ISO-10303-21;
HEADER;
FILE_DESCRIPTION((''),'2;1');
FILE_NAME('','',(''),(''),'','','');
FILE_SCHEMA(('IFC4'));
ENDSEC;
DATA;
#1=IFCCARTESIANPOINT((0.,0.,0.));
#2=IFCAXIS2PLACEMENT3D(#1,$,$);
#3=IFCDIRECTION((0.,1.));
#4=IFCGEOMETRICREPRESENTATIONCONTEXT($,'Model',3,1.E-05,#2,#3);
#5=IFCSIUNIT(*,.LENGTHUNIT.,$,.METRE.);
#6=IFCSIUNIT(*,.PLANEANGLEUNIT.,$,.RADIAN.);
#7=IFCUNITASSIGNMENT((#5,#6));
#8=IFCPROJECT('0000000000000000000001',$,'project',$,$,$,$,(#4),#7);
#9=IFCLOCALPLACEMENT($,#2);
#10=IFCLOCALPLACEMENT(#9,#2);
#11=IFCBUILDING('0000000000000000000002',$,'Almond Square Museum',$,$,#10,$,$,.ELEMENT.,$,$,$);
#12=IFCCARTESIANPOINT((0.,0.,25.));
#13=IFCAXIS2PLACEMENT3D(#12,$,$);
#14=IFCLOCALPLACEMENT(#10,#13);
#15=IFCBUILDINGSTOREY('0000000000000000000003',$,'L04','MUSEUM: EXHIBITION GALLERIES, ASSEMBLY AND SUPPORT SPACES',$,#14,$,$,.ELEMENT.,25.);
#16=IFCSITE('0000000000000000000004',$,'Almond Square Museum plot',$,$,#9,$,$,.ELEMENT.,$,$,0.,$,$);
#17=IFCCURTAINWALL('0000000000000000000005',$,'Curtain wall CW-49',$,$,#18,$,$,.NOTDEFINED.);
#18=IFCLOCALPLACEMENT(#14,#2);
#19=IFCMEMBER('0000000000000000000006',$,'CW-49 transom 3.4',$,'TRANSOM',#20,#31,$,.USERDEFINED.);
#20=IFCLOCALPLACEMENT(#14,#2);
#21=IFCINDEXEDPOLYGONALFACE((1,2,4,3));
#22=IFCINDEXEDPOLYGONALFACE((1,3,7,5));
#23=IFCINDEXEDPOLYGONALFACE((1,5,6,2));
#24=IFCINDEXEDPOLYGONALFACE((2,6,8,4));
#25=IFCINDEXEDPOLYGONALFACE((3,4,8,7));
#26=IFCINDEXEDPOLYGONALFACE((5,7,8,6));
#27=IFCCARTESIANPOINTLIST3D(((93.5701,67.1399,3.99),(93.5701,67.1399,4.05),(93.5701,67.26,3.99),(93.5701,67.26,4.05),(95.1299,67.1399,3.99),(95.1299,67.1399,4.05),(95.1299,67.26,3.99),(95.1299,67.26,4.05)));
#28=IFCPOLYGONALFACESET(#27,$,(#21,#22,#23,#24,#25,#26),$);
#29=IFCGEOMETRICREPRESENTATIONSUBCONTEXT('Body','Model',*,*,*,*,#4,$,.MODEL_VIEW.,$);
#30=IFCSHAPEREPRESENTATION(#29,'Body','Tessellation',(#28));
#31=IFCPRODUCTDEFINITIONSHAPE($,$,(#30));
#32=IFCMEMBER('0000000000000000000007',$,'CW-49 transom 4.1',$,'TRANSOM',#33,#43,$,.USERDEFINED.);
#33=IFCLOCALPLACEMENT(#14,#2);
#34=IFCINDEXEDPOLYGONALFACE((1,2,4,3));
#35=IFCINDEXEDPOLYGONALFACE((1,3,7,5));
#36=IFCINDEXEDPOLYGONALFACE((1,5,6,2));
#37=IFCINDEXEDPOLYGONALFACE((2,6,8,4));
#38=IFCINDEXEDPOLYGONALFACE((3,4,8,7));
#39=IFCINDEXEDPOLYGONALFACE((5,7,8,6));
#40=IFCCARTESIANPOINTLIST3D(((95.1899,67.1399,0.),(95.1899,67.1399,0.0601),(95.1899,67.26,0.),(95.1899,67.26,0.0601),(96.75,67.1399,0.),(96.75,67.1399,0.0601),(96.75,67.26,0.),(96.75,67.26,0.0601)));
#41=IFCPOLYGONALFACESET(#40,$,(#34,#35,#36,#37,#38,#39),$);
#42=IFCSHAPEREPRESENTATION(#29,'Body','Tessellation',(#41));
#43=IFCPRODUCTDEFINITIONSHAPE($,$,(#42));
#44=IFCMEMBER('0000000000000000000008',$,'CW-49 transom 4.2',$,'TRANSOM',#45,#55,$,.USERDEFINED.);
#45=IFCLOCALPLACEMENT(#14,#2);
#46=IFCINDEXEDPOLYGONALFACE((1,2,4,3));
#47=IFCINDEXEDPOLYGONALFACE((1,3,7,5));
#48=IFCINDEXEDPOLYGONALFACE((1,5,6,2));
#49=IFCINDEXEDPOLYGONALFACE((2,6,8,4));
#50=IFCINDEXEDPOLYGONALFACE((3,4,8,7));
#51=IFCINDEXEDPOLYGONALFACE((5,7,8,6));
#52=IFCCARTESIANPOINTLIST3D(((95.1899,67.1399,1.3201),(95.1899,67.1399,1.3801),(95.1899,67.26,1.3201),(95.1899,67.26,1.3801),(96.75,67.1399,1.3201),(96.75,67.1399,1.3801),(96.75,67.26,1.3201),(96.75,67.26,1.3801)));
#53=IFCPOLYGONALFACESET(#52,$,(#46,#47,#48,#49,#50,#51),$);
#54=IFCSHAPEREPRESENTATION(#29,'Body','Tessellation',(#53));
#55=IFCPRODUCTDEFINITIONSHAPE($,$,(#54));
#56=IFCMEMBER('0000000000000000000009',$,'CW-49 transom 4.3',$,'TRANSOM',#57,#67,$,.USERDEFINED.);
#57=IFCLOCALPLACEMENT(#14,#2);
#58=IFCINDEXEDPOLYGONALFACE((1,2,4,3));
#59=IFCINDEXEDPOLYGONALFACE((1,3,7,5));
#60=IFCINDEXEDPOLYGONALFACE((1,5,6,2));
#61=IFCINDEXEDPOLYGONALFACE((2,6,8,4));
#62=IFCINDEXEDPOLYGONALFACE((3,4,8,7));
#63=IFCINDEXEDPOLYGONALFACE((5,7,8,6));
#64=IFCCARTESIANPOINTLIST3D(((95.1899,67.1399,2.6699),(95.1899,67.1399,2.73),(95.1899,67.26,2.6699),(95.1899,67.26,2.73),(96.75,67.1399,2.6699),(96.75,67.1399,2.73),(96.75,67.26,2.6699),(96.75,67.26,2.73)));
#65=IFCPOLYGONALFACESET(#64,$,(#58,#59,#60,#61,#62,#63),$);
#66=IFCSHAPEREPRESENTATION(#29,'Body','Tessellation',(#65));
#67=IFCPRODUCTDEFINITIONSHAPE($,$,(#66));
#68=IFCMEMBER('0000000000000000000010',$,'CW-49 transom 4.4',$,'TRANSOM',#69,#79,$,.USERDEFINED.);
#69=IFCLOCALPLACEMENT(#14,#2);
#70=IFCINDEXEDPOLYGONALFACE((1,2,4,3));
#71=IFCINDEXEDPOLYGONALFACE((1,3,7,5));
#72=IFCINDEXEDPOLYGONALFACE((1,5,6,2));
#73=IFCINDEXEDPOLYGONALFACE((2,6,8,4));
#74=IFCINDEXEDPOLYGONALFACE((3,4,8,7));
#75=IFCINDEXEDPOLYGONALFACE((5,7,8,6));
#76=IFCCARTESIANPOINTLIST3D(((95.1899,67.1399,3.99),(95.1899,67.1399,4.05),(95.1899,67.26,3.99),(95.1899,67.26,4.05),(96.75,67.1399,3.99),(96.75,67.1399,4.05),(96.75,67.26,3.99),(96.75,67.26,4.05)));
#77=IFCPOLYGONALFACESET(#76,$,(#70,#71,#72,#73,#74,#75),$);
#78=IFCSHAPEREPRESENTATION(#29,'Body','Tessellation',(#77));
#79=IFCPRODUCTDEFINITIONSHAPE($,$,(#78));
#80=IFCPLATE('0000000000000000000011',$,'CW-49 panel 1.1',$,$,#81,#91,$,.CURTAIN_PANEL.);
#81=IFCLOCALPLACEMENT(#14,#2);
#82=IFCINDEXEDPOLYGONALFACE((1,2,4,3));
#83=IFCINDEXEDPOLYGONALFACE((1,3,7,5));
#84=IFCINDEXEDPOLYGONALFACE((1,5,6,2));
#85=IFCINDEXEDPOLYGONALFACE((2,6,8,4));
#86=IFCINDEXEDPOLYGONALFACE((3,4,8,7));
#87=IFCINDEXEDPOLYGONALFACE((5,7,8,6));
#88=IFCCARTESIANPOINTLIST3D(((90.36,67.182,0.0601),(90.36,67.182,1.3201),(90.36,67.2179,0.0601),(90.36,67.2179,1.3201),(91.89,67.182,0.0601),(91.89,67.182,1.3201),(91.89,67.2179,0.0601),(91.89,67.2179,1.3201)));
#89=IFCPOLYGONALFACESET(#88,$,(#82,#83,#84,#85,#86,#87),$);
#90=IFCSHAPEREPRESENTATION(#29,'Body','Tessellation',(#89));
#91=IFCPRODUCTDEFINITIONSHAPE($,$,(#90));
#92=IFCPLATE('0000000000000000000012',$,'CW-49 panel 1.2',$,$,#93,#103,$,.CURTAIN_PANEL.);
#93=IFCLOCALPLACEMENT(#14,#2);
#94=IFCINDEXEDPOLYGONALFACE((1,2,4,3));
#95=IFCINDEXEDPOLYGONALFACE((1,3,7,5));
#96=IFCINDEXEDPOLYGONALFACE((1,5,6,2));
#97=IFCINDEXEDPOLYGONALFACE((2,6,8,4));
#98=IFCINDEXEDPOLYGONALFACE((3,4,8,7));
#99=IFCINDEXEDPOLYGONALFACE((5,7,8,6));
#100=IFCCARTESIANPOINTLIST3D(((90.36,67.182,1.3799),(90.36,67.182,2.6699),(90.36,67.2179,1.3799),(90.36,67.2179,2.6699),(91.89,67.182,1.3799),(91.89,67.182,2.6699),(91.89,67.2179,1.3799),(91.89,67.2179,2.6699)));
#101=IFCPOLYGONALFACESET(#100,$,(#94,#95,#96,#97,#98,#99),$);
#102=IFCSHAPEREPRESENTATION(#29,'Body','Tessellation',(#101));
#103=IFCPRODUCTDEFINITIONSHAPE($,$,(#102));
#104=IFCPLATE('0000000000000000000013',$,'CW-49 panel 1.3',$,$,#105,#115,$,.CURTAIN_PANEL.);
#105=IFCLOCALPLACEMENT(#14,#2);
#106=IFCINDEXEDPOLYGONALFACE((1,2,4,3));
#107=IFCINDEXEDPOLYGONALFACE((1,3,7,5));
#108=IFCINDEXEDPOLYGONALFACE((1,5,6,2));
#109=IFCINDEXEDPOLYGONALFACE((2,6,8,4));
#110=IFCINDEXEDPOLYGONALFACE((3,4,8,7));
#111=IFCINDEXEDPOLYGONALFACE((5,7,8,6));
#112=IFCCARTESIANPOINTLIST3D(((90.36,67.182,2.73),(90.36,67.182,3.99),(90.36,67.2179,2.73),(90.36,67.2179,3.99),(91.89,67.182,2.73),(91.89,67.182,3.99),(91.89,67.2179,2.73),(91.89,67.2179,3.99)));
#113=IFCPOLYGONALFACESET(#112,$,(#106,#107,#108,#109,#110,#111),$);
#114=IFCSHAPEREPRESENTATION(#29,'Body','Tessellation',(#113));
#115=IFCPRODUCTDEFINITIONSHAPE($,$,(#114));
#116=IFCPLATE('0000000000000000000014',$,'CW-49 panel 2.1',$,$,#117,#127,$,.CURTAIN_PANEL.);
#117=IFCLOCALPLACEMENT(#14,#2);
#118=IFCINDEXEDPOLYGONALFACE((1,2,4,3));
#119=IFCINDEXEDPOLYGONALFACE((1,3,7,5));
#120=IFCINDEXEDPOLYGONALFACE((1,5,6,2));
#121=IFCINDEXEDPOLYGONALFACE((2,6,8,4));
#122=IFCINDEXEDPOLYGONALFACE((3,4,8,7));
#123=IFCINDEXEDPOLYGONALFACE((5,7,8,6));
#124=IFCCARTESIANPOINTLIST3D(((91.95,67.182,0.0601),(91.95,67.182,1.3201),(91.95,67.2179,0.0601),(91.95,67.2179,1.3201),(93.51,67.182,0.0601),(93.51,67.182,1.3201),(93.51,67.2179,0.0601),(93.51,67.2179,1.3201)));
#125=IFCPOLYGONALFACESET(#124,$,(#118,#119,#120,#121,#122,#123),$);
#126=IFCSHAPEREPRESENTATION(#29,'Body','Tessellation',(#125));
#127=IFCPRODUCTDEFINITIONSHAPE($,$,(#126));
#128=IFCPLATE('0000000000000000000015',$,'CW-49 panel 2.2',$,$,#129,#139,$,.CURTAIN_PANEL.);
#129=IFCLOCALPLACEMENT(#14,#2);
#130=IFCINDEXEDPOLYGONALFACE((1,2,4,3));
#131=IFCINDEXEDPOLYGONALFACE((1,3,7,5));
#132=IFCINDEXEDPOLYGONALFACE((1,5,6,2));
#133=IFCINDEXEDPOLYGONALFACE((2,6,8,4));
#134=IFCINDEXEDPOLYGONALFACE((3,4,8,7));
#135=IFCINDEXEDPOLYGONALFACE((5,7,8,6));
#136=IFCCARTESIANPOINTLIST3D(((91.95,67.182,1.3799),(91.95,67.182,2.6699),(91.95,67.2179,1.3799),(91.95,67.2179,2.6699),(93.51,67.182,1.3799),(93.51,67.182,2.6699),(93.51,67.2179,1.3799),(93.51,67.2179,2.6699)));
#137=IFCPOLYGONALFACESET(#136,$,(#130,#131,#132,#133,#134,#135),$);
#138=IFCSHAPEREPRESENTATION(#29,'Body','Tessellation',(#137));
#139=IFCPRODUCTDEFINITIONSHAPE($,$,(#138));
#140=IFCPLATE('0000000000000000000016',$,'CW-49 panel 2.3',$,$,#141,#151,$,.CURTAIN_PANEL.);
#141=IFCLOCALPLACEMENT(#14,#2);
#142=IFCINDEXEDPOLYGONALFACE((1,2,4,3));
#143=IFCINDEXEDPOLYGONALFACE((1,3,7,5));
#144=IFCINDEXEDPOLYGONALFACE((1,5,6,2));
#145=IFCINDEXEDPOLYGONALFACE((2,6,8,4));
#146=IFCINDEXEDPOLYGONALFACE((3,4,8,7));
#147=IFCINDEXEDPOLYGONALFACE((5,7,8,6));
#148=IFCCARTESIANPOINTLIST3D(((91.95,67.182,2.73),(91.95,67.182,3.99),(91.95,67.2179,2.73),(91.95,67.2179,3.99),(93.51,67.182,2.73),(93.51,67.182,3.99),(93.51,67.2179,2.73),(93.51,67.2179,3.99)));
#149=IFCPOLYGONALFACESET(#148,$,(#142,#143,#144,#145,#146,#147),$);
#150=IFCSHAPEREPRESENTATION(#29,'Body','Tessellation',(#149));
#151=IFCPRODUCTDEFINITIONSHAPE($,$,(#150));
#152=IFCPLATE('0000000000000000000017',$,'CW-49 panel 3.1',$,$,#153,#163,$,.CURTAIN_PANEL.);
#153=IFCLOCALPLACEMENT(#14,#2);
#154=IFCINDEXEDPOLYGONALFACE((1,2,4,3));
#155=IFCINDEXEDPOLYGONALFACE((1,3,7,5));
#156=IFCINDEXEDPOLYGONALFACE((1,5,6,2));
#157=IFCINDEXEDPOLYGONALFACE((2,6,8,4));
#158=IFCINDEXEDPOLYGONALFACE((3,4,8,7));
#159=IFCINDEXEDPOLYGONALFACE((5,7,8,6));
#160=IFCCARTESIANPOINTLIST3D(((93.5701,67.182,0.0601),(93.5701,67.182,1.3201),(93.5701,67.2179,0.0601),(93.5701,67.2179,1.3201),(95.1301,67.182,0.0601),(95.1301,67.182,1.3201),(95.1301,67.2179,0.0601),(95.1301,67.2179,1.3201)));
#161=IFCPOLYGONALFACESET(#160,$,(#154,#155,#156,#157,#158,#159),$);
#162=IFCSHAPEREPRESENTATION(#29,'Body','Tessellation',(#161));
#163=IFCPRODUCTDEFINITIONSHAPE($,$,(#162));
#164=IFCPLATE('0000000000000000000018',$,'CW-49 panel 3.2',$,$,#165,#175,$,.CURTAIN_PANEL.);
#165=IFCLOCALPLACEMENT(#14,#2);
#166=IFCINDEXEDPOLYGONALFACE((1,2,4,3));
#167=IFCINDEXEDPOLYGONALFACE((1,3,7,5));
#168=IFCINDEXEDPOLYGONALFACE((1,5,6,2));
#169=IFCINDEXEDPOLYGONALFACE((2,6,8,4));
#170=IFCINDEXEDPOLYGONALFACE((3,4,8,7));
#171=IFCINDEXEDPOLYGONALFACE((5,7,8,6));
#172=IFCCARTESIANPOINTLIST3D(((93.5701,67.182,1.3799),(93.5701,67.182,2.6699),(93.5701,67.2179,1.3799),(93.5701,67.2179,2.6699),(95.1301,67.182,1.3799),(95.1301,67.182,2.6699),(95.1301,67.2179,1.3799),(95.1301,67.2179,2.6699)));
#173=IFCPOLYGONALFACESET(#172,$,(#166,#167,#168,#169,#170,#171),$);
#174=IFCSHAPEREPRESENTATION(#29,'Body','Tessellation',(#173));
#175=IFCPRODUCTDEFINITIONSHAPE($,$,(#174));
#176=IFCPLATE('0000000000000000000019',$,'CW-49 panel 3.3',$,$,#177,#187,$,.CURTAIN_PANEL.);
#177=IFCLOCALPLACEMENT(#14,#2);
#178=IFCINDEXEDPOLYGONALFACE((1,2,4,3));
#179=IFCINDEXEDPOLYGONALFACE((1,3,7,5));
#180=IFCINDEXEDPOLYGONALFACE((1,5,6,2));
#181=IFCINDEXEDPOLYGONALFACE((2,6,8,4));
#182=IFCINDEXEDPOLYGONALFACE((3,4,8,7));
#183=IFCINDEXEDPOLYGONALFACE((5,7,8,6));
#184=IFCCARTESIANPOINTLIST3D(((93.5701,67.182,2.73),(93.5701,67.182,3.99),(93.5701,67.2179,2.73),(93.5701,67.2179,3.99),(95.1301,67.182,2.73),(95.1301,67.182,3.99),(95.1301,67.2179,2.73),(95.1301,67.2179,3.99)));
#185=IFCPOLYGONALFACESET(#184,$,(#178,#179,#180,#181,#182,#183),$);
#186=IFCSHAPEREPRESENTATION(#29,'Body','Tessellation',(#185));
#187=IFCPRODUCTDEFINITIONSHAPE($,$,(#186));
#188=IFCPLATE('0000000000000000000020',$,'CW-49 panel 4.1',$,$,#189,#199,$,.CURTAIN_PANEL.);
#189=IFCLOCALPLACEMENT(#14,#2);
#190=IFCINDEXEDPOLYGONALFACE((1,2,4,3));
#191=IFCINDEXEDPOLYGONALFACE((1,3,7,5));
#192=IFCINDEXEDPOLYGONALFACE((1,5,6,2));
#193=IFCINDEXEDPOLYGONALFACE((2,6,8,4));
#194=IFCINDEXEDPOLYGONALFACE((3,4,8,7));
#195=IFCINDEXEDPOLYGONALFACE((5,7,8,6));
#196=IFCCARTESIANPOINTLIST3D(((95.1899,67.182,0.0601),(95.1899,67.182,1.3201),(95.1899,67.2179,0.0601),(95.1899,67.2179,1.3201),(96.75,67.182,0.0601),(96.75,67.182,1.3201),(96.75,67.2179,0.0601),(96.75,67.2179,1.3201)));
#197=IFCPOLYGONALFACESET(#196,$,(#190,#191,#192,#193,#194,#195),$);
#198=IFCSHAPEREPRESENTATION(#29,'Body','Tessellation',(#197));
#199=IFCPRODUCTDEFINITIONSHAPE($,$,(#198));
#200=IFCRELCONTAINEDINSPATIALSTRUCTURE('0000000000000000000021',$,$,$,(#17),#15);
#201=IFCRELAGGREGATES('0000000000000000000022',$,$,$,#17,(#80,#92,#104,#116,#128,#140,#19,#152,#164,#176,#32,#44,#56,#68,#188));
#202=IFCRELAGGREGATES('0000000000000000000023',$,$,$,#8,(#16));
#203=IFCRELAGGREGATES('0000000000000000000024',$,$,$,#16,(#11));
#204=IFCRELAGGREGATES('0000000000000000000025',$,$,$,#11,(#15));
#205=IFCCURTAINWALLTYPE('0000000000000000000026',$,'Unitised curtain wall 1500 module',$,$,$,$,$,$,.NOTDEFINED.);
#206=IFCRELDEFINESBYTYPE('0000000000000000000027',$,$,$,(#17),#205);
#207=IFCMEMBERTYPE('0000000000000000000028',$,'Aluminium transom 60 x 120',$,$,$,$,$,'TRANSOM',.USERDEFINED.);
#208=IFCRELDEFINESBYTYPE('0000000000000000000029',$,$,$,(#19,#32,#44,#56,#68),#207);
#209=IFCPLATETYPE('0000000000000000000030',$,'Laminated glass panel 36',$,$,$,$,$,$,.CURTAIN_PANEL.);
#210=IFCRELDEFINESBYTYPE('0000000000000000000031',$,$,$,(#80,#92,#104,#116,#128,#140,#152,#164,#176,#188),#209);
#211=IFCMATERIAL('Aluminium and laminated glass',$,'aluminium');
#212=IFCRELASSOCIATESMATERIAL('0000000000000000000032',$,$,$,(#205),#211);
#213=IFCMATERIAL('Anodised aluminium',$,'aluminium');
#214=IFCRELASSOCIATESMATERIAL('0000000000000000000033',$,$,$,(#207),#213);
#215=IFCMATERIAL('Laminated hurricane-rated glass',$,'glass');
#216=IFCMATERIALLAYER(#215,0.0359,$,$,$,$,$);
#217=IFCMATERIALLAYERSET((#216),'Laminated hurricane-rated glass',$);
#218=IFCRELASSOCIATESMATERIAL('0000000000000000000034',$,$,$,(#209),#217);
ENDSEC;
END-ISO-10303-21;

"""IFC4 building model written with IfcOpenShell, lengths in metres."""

from ifc_helpers import new_model, si_unit, direction, frame, origin, origin_2d, place, context, subcontext, project, spatial, rectangle, extrude, material, layer, layer_set, material_profile, profile_set, type_object, element, aggregate, save


model = new_model("IFC4")

# Units and contexts
model_context = context("Model", 3, precision=1e-05, world=origin(), true_north=direction((0.0, 1.0)))
body_context = subcontext(model_context, "Body", "Model", "MODEL_VIEW")
ifc_project = project(units=[si_unit("LENGTHUNIT", "METRE"), si_unit("PLANEANGLEUNIT", "RADIAN")], contexts=[model_context])

# Site, building, storey
site_placement = place(None, origin())
site = spatial("IfcSite", under=ifc_project, at=site_placement, Name="Almond Square Museum plot", CompositionType="ELEMENT", RefElevation=0.0)
building_placement = place(site_placement, origin())
building = spatial("IfcBuilding", under=site, at=building_placement, Name="Almond Square Museum", CompositionType="ELEMENT")
storey_placement = place(building_placement, frame((0.0, 0.0, 25.0)))
storey = spatial("IfcBuildingStorey", under=building, at=storey_placement, Name="L04", Description="MUSEUM: EXHIBITION GALLERIES, ASSEMBLY AND SUPPORT SPACES", CompositionType="ELEMENT", Elevation=25.0)

# Curtain wall, members, plates
ifc_material_1 = material(Name="Aluminium and laminated glass", Category="aluminium")
curtain_wall_type = type_object("IfcCurtainWallType", Name="Unitised curtain wall 1500 module", PredefinedType="NOTDEFINED", material=ifc_material_1)
curtain_wall_placement = place(storey_placement, origin())
curtain_wall = element("IfcCurtainWall", 1, at=curtain_wall_placement, inside=storey, type_object=curtain_wall_type, Name="Curtain wall CW-49", PredefinedType="NOTDEFINED")
ifc_material_2 = material(Name="Anodised aluminium", Category="aluminium")
ifc_material_profile_1 = material_profile(ifc_material_2, rectangle(XDim=0.1201, YDim=0.0601, at=origin_2d()))
ifc_profile_set_1 = profile_set([ifc_material_profile_1], Name="Anodised aluminium")
member_type_1 = type_object("IfcMemberType", Name="Aluminium transom 60 x 120", ElementType="TRANSOM", PredefinedType="USERDEFINED", material=ifc_profile_set_1)
member_1_placement = place(storey_placement, frame((93.5701, 67.2, 4.02), z_axis=(1.0, 0.0, 0.0), x_axis=(0.0, 1.0, 0.0)))
member_1 = element("IfcMember", 2, at=member_1_placement, type_object=member_type_1, Name="CW-49 transom 3.4", ObjectType="TRANSOM", PredefinedType="USERDEFINED", context=body_context, shape_type="SweptSolid", body=[
    extrude(rectangle(XDim=0.1201, YDim=0.0601, at=origin_2d()), origin(), (0.0, 0.0, 1.0), 1.5598),
])
member_2_placement = place(storey_placement, frame((95.1899, 67.2, 0.03), z_axis=(1.0, 0.0, 0.0), x_axis=(0.0, 1.0, 0.0)))
member_2 = element("IfcMember", 3, at=member_2_placement, type_object=member_type_1, Name="CW-49 transom 4.1", ObjectType="TRANSOM", PredefinedType="USERDEFINED", context=body_context, shape_type="SweptSolid", body=[
    extrude(rectangle(XDim=0.1201, YDim=0.0601, at=origin_2d()), origin(), (0.0, 0.0, 1.0), 1.5601),
])
member_3_placement = place(storey_placement, frame((95.1899, 67.2, 1.3501), z_axis=(1.0, 0.0, 0.0), x_axis=(0.0, 1.0, 0.0)))
member_3 = element("IfcMember", 4, at=member_3_placement, type_object=member_type_1, Name="CW-49 transom 4.2", ObjectType="TRANSOM", PredefinedType="USERDEFINED", context=body_context, shape_type="SweptSolid", body=[
    extrude(rectangle(XDim=0.1201, YDim=0.0601, at=origin_2d()), origin(), (0.0, 0.0, 1.0), 1.5601),
])
member_4_placement = place(storey_placement, frame((95.1899, 67.2, 2.7), z_axis=(1.0, 0.0, 0.0), x_axis=(0.0, 1.0, 0.0)))
member_4 = element("IfcMember", 5, at=member_4_placement, type_object=member_type_1, Name="CW-49 transom 4.3", ObjectType="TRANSOM", PredefinedType="USERDEFINED", context=body_context, shape_type="SweptSolid", body=[
    extrude(rectangle(XDim=0.1201, YDim=0.0601, at=origin_2d()), origin(), (0.0, 0.0, 1.0), 1.5601),
])
member_5_placement = place(storey_placement, frame((95.1899, 67.2, 4.02), z_axis=(1.0, 0.0, 0.0), x_axis=(0.0, 1.0, 0.0)))
member_5 = element("IfcMember", 6, at=member_5_placement, type_object=member_type_1, Name="CW-49 transom 4.4", ObjectType="TRANSOM", PredefinedType="USERDEFINED", context=body_context, shape_type="SweptSolid", body=[
    extrude(rectangle(XDim=0.1201, YDim=0.0601, at=origin_2d()), origin(), (0.0, 0.0, 1.0), 1.5601),
])
ifc_material_3 = material(Name="Laminated hurricane-rated glass", Category="glass")
ifc_layer = layer(ifc_material_3, 0.0359)
ifc_layer_set = layer_set([ifc_layer], Name="Laminated hurricane-rated glass")
plate_type = type_object("IfcPlateType", Name="Laminated glass panel 36", PredefinedType="CURTAIN_PANEL", material=ifc_layer_set)
plate_1_placement = place(storey_placement, frame((91.125, 67.2, 0.0601), z_axis=(0.0, 0.0, 1.0), x_axis=(1.0, 0.0, 0.0)))
plate_1 = element("IfcPlate", 7, at=plate_1_placement, type_object=plate_type, Name="CW-49 panel 1.1", PredefinedType="CURTAIN_PANEL", context=body_context, shape_type="SweptSolid", body=[
    extrude(rectangle(XDim=1.53, YDim=0.0359, at=origin_2d()), origin(), (0.0, 0.0, 1.0), 1.26),
])
plate_2_placement = place(storey_placement, frame((91.125, 67.2, 1.3799), z_axis=(0.0, 0.0, 1.0), x_axis=(1.0, 0.0, 0.0)))
plate_2 = element("IfcPlate", 8, at=plate_2_placement, type_object=plate_type, Name="CW-49 panel 1.2", PredefinedType="CURTAIN_PANEL", context=body_context, shape_type="SweptSolid", body=[
    extrude(rectangle(XDim=1.53, YDim=0.0359, at=origin_2d()), origin(), (0.0, 0.0, 1.0), 1.29),
])
plate_3_placement = place(storey_placement, frame((91.125, 67.2, 2.73), z_axis=(0.0, 0.0, 1.0), x_axis=(1.0, 0.0, 0.0)))
plate_3 = element("IfcPlate", 9, at=plate_3_placement, type_object=plate_type, Name="CW-49 panel 1.3", PredefinedType="CURTAIN_PANEL", context=body_context, shape_type="SweptSolid", body=[
    extrude(rectangle(XDim=1.53, YDim=0.0359, at=origin_2d()), origin(), (0.0, 0.0, 1.0), 1.26),
])
plate_4_placement = place(storey_placement, frame((92.73, 67.2, 0.0601), z_axis=(0.0, 0.0, 1.0), x_axis=(1.0, 0.0, 0.0)))
plate_4 = element("IfcPlate", 10, at=plate_4_placement, type_object=plate_type, Name="CW-49 panel 2.1", PredefinedType="CURTAIN_PANEL", context=body_context, shape_type="SweptSolid", body=[
    extrude(rectangle(XDim=1.5601, YDim=0.0359, at=origin_2d()), origin(), (0.0, 0.0, 1.0), 1.26),
])
plate_5_placement = place(storey_placement, frame((92.73, 67.2, 1.3799), z_axis=(0.0, 0.0, 1.0), x_axis=(1.0, 0.0, 0.0)))
plate_5 = element("IfcPlate", 11, at=plate_5_placement, type_object=plate_type, Name="CW-49 panel 2.2", PredefinedType="CURTAIN_PANEL", context=body_context, shape_type="SweptSolid", body=[
    extrude(rectangle(XDim=1.5601, YDim=0.0359, at=origin_2d()), origin(), (0.0, 0.0, 1.0), 1.29),
])
plate_6_placement = place(storey_placement, frame((92.73, 67.2, 2.73), z_axis=(0.0, 0.0, 1.0), x_axis=(1.0, 0.0, 0.0)))
plate_6 = element("IfcPlate", 12, at=plate_6_placement, type_object=plate_type, Name="CW-49 panel 2.3", PredefinedType="CURTAIN_PANEL", context=body_context, shape_type="SweptSolid", body=[
    extrude(rectangle(XDim=1.5601, YDim=0.0359, at=origin_2d()), origin(), (0.0, 0.0, 1.0), 1.26),
])
plate_7_placement = place(storey_placement, frame((94.3501, 67.2, 0.0601), z_axis=(0.0, 0.0, 1.0), x_axis=(1.0, 0.0, 0.0)))
plate_7 = element("IfcPlate", 13, at=plate_7_placement, type_object=plate_type, Name="CW-49 panel 3.1", PredefinedType="CURTAIN_PANEL", context=body_context, shape_type="SweptSolid", body=[
    extrude(rectangle(XDim=1.5601, YDim=0.0359, at=origin_2d()), origin(), (0.0, 0.0, 1.0), 1.26),
])
plate_8_placement = place(storey_placement, frame((94.3501, 67.2, 1.3799), z_axis=(0.0, 0.0, 1.0), x_axis=(1.0, 0.0, 0.0)))
plate_8 = element("IfcPlate", 14, at=plate_8_placement, type_object=plate_type, Name="CW-49 panel 3.2", PredefinedType="CURTAIN_PANEL", context=body_context, shape_type="SweptSolid", body=[
    extrude(rectangle(XDim=1.5601, YDim=0.0359, at=origin_2d()), origin(), (0.0, 0.0, 1.0), 1.29),
])
plate_9_placement = place(storey_placement, frame((94.3501, 67.2, 2.73), z_axis=(0.0, 0.0, 1.0), x_axis=(1.0, 0.0, 0.0)))
plate_9 = element("IfcPlate", 15, at=plate_9_placement, type_object=plate_type, Name="CW-49 panel 3.3", PredefinedType="CURTAIN_PANEL", context=body_context, shape_type="SweptSolid", body=[
    extrude(rectangle(XDim=1.5601, YDim=0.0359, at=origin_2d()), origin(), (0.0, 0.0, 1.0), 1.26),
])
plate_10_placement = place(storey_placement, frame((95.97, 67.2, 0.0601), z_axis=(0.0, 0.0, 1.0), x_axis=(1.0, 0.0, 0.0)))
plate_10 = element("IfcPlate", 16, at=plate_10_placement, type_object=plate_type, Name="CW-49 panel 4.1", PredefinedType="CURTAIN_PANEL", context=body_context, shape_type="SweptSolid", body=[
    extrude(rectangle(XDim=1.5601, YDim=0.0359, at=origin_2d()), origin(), (0.0, 0.0, 1.0), 1.26),
])
aggregate(curtain_wall, [plate_1, plate_2, plate_3, plate_4, plate_5, plate_6, member_1, plate_7, plate_8, plate_9, member_2, member_3, member_4, member_5, plate_10])

save(model, "model.ifc")
